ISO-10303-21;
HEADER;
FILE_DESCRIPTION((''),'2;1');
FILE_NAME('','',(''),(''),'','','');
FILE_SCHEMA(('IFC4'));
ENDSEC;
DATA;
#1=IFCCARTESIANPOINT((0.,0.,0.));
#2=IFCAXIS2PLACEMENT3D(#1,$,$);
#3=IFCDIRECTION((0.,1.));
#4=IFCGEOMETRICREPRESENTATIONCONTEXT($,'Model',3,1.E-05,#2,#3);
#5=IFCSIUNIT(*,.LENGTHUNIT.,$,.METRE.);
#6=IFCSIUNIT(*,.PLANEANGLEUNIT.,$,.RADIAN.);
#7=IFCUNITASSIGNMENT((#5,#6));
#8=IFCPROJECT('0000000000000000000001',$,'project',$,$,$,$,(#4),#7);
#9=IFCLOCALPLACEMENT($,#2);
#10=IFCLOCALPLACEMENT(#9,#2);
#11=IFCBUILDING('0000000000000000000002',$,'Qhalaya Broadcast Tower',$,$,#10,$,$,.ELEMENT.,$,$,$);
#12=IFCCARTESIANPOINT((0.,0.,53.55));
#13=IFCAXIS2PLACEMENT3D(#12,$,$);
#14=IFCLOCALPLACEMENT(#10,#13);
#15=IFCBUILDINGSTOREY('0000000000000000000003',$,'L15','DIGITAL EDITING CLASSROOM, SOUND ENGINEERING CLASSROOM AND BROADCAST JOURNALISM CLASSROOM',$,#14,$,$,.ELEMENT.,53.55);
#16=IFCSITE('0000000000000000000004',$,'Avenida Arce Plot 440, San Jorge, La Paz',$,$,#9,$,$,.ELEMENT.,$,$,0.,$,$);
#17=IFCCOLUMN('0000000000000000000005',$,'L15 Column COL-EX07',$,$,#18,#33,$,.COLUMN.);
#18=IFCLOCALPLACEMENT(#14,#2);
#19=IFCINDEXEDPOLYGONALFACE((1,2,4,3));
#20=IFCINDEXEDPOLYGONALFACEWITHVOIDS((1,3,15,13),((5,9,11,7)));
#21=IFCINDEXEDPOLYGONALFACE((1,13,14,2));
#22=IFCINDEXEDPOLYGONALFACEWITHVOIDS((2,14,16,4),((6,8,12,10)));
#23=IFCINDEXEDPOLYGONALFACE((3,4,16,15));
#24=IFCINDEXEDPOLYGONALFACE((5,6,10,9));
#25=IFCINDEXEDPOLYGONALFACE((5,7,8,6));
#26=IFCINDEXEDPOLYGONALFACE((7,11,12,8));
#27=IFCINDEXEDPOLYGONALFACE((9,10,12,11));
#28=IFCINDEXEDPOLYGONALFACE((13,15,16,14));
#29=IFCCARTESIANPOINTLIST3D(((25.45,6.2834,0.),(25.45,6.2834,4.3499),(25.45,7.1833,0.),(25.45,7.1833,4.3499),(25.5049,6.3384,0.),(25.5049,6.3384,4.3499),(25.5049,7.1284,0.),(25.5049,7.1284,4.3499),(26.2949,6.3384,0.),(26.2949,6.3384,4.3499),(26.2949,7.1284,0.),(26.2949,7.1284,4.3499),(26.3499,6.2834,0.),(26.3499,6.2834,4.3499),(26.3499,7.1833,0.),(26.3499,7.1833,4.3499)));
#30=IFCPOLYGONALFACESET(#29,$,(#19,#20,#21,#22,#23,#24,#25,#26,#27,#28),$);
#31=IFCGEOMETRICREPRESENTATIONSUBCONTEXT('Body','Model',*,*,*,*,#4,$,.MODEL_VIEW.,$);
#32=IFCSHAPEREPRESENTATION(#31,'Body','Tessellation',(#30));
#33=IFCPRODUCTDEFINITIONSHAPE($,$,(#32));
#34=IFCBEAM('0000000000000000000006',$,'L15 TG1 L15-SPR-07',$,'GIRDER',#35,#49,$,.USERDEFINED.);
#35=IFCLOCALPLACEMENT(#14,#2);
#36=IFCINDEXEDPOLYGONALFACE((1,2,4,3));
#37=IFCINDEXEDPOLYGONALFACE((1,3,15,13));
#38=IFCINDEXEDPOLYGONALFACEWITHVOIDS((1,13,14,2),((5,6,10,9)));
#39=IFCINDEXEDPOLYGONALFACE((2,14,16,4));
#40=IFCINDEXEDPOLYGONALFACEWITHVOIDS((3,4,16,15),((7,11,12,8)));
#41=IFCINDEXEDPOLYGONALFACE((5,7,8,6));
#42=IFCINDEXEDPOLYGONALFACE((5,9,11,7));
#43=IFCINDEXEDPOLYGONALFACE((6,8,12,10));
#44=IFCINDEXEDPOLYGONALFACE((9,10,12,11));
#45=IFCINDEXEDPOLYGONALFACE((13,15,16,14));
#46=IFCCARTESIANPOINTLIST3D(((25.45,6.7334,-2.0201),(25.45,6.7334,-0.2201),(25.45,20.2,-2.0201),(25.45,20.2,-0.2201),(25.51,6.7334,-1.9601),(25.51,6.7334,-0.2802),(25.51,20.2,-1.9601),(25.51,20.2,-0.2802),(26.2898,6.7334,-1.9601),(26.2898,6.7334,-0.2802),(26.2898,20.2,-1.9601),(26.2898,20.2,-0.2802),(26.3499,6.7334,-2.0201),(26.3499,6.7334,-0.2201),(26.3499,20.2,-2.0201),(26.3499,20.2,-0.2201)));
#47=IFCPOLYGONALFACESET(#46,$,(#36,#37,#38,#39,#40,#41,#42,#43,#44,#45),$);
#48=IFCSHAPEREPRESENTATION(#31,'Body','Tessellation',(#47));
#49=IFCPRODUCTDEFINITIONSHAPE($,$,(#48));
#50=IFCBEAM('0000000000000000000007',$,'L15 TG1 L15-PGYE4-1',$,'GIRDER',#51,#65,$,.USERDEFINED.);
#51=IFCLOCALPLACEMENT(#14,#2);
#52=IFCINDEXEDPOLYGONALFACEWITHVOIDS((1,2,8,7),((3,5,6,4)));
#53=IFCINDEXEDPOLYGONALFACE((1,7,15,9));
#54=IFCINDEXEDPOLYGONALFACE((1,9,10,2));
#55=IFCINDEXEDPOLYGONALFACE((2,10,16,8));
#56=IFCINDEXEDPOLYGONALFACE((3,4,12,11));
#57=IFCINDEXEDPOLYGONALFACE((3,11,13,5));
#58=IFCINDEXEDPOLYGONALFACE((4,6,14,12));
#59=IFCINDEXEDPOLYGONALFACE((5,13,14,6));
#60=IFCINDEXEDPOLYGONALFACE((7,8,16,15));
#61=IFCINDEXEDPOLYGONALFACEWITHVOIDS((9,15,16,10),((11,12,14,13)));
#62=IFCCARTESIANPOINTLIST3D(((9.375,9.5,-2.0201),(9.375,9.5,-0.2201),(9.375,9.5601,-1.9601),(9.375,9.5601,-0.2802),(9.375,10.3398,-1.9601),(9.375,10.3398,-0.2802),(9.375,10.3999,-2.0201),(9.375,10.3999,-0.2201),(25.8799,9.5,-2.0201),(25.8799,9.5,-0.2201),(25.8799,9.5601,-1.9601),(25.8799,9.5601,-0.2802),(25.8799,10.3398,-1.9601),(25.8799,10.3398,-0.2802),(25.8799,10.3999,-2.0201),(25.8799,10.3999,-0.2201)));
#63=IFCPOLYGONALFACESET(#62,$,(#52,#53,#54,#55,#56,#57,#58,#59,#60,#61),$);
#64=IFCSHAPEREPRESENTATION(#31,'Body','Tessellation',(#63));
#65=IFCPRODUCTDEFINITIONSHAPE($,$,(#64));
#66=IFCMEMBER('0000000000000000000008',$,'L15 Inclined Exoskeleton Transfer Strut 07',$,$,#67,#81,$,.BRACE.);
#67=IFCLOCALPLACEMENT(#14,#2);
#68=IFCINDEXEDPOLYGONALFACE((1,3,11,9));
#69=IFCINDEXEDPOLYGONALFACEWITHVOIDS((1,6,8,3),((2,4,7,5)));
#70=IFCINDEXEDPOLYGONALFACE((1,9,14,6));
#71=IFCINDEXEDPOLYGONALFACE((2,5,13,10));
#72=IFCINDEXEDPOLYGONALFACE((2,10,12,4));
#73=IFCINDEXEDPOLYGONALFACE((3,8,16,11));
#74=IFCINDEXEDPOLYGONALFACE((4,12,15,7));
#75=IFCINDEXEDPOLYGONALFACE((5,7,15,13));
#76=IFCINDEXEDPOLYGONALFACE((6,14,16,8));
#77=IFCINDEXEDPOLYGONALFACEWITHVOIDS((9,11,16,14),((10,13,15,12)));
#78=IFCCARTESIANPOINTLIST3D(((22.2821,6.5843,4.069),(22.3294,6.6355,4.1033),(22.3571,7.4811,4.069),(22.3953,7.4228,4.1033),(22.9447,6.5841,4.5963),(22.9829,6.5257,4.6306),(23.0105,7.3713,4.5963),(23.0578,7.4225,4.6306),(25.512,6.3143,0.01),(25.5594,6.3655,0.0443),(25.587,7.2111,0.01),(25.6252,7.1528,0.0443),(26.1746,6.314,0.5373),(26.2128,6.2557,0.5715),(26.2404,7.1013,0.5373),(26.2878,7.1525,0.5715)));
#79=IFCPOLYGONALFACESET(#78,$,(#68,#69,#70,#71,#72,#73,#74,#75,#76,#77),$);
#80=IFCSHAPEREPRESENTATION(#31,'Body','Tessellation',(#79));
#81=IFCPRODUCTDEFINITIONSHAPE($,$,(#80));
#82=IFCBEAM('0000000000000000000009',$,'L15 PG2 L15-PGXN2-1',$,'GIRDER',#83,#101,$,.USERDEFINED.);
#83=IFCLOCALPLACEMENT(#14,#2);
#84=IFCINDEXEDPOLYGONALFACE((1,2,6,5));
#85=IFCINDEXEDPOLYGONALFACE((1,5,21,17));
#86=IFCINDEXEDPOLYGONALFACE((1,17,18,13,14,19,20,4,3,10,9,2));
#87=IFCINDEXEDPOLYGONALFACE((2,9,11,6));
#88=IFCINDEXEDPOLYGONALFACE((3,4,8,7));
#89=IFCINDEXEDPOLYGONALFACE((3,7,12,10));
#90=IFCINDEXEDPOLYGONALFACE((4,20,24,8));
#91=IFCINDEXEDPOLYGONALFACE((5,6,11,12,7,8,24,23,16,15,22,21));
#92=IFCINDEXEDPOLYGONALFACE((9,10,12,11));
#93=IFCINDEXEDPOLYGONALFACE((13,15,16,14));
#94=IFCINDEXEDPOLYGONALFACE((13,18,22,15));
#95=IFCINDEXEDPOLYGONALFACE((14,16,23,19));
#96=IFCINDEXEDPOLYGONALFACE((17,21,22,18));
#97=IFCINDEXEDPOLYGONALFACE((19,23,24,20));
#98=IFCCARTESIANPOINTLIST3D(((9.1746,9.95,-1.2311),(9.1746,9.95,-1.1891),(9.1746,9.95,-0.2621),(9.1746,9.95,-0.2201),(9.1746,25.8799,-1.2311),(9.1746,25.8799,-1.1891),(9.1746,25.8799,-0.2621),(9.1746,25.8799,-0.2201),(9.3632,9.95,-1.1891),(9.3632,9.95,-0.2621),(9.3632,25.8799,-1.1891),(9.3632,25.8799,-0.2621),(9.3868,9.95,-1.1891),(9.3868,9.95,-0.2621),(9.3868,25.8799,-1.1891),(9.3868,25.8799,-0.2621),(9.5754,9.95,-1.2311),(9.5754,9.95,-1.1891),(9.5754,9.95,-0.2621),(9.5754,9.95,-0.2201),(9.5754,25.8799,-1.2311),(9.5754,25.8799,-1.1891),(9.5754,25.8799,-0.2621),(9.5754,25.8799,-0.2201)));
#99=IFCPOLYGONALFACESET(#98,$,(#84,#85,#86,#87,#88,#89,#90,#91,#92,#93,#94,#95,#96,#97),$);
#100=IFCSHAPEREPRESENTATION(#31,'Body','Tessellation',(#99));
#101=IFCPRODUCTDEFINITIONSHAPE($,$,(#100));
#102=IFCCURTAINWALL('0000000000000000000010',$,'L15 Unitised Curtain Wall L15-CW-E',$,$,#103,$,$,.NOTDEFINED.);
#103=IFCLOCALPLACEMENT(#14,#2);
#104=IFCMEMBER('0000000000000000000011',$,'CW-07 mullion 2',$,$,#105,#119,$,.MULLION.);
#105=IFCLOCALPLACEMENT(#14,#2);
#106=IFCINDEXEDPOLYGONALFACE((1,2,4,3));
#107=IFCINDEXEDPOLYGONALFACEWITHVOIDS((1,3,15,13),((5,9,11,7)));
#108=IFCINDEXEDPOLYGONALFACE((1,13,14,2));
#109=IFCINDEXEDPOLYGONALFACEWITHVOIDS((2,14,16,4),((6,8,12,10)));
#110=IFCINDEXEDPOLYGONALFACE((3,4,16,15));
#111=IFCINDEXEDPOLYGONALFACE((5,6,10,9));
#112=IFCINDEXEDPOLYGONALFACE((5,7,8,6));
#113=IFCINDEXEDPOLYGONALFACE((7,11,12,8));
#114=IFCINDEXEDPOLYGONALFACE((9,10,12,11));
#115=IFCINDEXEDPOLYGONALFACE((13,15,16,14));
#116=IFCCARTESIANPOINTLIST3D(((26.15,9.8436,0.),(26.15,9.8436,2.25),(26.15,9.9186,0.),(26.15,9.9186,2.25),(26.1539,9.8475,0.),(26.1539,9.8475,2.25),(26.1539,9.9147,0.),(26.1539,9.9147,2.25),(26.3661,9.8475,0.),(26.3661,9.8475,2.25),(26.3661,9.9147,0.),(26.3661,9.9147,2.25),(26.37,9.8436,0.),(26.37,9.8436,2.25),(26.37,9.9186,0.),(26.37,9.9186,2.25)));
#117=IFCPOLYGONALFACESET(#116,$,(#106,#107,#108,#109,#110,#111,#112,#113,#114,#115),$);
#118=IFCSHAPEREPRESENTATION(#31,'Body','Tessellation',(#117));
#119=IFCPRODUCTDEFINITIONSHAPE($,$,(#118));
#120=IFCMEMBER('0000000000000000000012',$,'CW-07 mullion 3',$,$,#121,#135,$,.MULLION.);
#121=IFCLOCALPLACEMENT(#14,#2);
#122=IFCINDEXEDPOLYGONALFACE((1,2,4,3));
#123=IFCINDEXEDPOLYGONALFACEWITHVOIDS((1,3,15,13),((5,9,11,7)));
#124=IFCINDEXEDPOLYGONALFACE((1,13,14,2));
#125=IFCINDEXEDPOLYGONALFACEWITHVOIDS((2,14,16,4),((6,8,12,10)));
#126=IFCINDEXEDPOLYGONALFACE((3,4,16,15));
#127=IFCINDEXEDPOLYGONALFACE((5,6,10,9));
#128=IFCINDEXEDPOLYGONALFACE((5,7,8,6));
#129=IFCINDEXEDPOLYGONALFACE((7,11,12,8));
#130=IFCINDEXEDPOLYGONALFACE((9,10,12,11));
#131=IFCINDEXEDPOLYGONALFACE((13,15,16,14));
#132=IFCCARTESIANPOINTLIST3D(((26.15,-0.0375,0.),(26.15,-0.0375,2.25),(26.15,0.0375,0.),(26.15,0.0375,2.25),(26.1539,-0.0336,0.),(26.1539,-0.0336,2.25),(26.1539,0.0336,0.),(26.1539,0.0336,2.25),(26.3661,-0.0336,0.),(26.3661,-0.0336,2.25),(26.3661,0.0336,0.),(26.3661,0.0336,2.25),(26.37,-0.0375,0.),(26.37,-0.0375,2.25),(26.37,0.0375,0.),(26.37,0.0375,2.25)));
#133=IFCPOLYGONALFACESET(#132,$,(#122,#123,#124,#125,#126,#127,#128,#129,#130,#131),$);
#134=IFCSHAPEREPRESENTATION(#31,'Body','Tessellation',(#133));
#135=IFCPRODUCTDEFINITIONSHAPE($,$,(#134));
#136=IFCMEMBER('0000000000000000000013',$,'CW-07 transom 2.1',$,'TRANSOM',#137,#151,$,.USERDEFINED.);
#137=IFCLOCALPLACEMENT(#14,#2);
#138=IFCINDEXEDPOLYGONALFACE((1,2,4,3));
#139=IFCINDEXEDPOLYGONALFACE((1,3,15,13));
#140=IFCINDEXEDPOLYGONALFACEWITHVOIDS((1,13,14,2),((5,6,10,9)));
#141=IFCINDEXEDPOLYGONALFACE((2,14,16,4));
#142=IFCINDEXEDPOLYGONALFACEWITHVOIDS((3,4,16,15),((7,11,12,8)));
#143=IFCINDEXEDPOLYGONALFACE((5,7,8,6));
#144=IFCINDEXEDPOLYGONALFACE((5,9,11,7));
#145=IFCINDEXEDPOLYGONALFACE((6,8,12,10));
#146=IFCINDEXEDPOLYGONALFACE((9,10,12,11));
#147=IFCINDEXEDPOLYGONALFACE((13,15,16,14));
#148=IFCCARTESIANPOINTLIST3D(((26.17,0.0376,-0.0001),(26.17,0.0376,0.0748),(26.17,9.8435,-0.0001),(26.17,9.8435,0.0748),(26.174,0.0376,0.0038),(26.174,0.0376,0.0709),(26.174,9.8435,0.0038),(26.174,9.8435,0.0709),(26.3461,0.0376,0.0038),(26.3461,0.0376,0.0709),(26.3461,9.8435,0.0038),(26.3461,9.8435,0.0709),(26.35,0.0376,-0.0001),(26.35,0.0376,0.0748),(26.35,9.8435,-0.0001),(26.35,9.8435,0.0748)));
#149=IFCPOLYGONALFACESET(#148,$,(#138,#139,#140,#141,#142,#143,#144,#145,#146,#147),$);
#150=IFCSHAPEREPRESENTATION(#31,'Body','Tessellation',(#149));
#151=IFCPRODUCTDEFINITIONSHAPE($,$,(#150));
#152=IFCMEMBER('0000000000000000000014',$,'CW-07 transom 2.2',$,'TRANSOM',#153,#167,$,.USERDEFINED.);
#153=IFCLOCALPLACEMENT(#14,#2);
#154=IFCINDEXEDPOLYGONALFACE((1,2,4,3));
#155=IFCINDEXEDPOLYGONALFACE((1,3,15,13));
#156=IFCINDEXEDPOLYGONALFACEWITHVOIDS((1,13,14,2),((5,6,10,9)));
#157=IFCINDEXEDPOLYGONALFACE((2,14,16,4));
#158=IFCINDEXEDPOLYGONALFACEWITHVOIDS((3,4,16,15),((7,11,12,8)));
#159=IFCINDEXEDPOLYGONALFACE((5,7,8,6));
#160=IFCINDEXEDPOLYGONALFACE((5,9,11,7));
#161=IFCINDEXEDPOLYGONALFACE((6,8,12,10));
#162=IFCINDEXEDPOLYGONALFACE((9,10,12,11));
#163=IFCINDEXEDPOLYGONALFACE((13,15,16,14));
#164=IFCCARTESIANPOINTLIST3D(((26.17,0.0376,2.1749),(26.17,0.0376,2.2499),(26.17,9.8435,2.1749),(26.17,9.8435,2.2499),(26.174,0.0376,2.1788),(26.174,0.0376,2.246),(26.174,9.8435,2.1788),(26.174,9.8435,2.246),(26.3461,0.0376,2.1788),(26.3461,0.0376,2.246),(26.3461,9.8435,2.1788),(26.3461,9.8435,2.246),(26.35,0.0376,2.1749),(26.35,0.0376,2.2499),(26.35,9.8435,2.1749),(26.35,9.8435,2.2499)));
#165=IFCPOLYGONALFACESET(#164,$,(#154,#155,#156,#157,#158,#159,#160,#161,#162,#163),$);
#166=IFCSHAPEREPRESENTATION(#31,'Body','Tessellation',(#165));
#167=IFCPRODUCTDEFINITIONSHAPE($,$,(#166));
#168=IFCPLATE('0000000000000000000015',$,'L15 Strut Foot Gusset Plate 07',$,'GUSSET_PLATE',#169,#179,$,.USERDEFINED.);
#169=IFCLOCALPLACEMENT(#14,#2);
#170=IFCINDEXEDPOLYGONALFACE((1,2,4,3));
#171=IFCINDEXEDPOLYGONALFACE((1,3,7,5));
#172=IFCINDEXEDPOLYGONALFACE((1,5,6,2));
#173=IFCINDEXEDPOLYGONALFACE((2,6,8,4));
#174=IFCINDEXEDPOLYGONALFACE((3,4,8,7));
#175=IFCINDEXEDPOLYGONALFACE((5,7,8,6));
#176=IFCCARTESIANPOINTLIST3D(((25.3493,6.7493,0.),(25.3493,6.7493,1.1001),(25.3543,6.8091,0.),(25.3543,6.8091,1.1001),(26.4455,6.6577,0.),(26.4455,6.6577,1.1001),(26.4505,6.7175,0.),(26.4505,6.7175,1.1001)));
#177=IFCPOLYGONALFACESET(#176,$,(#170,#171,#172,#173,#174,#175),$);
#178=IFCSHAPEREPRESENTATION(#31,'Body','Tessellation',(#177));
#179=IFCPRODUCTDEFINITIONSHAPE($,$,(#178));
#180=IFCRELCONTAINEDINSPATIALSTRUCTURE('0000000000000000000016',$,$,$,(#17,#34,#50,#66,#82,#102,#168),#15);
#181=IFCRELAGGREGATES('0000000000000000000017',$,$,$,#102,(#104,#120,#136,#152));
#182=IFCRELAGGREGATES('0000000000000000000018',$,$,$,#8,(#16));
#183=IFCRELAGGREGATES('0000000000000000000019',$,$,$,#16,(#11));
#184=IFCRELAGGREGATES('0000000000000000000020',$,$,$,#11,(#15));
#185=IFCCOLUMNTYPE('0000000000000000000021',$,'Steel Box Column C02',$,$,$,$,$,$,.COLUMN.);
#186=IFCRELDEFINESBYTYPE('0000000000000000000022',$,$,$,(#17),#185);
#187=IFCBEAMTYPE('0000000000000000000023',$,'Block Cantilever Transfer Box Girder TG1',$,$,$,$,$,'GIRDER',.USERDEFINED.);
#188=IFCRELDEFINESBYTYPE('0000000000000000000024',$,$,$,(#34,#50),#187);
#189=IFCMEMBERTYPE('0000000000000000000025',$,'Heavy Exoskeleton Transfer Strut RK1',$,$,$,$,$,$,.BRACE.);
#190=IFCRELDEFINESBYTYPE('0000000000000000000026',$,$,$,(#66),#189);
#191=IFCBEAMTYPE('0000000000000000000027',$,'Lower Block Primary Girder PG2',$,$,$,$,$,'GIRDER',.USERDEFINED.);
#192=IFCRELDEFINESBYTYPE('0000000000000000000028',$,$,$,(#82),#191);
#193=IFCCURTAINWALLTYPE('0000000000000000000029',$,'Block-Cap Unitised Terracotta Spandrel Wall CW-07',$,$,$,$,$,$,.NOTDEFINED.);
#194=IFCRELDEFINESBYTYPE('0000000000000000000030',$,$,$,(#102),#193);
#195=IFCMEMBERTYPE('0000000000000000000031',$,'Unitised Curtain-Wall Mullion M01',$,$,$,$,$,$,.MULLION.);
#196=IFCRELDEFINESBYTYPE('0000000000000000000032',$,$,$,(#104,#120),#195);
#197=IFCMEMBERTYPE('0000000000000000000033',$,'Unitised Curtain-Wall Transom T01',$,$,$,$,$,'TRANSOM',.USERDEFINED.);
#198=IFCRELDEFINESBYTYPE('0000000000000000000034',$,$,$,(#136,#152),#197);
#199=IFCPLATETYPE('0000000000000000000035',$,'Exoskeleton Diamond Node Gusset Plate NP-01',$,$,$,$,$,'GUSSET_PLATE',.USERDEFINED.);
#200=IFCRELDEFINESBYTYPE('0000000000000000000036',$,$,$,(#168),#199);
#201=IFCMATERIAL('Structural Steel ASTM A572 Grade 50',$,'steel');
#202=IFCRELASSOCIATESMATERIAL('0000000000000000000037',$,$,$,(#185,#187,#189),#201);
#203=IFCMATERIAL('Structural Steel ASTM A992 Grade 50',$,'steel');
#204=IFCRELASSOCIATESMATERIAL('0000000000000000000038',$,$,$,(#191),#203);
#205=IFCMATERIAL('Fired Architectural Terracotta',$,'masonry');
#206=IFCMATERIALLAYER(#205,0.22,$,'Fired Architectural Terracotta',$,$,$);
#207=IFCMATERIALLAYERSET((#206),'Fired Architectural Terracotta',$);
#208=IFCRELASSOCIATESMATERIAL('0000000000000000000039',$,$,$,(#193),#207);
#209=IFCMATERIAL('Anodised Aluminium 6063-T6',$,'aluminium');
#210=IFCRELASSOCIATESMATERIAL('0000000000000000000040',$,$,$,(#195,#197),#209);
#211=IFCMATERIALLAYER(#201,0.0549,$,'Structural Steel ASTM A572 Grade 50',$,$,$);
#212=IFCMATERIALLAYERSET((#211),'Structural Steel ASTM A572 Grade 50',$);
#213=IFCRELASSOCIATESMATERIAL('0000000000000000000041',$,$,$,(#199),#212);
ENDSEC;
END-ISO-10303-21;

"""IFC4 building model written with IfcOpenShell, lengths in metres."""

from ifc_helpers import new_model, si_unit, direction, frame, origin, origin_2d, place, context, subcontext, project, spatial, rectangle, hollow_rectangle, i_section, extrude, material, layer, layer_set, material_profile, profile_set, type_object, element, aggregate, save


model = new_model("IFC4")

# Units and contexts
model_context = context("Model", 3, precision=1e-05, world=origin(), true_north=direction((0.0, 1.0)))
body_context = subcontext(model_context, "Body", "Model", "MODEL_VIEW")
ifc_project = project(units=[si_unit("LENGTHUNIT", "METRE"), si_unit("PLANEANGLEUNIT", "RADIAN")], contexts=[model_context])

# Site, building, storey
site_placement = place(None, origin())
site = spatial("IfcSite", under=ifc_project, at=site_placement, Name="Avenida Arce Plot 440, San Jorge, La Paz", CompositionType="ELEMENT", RefElevation=0.0)
building_placement = place(site_placement, origin())
building = spatial("IfcBuilding", under=site, at=building_placement, Name="Qhalaya Broadcast Tower", CompositionType="ELEMENT")
storey_placement = place(building_placement, frame((0.0, 0.0, 53.55)))
storey = spatial("IfcBuildingStorey", under=building, at=storey_placement, Name="L15", Description="DIGITAL EDITING CLASSROOM, SOUND ENGINEERING CLASSROOM AND BROADCAST JOURNALISM CLASSROOM", CompositionType="ELEMENT", Elevation=53.55)

# Column
ifc_material_1 = material(Name="Structural Steel ASTM A572 Grade 50", Category="steel")
ifc_material_profile_1 = material_profile(ifc_material_1, hollow_rectangle(XDim=0.8999, YDim=0.8999, WallThickness=0.0549, at=origin_2d()), Name="BOX 900x900x55")
ifc_profile_set_1 = profile_set([ifc_material_profile_1], Name="Structural Steel ASTM A572 Grade 50")
column_type = type_object("IfcColumnType", Name="Steel Box Column C02", PredefinedType="COLUMN", material=ifc_profile_set_1)
column_placement = place(storey_placement, frame((25.8999, 6.7334, 0.0), z_axis=(0.0, 0.0, 1.0), x_axis=(0.0, 1.0, 0.0)))
element("IfcColumn", 1, at=column_placement, inside=storey, type_object=column_type, Name="L15 Column COL-EX07", PredefinedType="COLUMN", context=body_context, shape_type="SweptSolid", body=[
    extrude(hollow_rectangle(XDim=0.8999, YDim=0.8999, WallThickness=0.0549, at=origin_2d()), origin(), (0.0, 0.0, 1.0), 4.3499),
])

# Beams
ifc_material_profile_2 = material_profile(ifc_material_1, hollow_rectangle(XDim=0.8999, YDim=1.8, WallThickness=0.0601, at=origin_2d()), Name="BOX 900x1800x60")
ifc_profile_set_2 = profile_set([ifc_material_profile_2], Name="Structural Steel ASTM A572 Grade 50")
beam_type_1 = type_object("IfcBeamType", Name="Block Cantilever Transfer Box Girder TG1", ElementType="GIRDER", PredefinedType="USERDEFINED", material=ifc_profile_set_2)
beam_1_placement = place(storey_placement, frame((25.8999, 6.7334, -1.1201), z_axis=(0.0, 1.0, 0.0), x_axis=(-1.0, 0.0, 0.0)))
element("IfcBeam", 2, at=beam_1_placement, inside=storey, type_object=beam_type_1, Name="L15 TG1 L15-SPR-07", ObjectType="GIRDER", PredefinedType="USERDEFINED", context=body_context, shape_type="SweptSolid", body=[
    extrude(hollow_rectangle(XDim=0.8999, YDim=1.8, WallThickness=0.0601, at=origin_2d()), origin(), (0.0, 0.0, 1.0), 13.4666),
])
beam_2_placement = place(storey_placement, frame((9.375, 9.95, -1.1201), z_axis=(1.0, 0.0, 0.0), x_axis=(0.0, 1.0, 0.0)))
element("IfcBeam", 3, at=beam_2_placement, inside=storey, type_object=beam_type_1, Name="L15 TG1 L15-PGYE4-1", ObjectType="GIRDER", PredefinedType="USERDEFINED", context=body_context, shape_type="SweptSolid", body=[
    extrude(hollow_rectangle(XDim=0.8999, YDim=1.8, WallThickness=0.0601, at=origin_2d()), origin(), (0.0, 0.0, 1.0), 16.5049),
])

# Member
ifc_material_profile_3 = material_profile(ifc_material_1, hollow_rectangle(XDim=0.8999, YDim=0.8999, WallThickness=0.0549, at=origin_2d()), Name="BOX 900x900x55")
ifc_profile_set_3 = profile_set([ifc_material_profile_3], Name="Structural Steel ASTM A572 Grade 50")
member_type_1 = type_object("IfcMemberType", Name="Heavy Exoskeleton Transfer Strut RK1", PredefinedType="BRACE", material=ifc_profile_set_3)
member_1_placement = place(storey_placement, frame((25.8999, 6.7334, 0.2908), z_axis=(-0.621819, 0.051983, 0.781434), x_axis=(-0.083307, -0.996524, 0.0)))
element("IfcMember", 4, at=member_1_placement, inside=storey, type_object=member_type_1, Name="L15 Inclined Exoskeleton Transfer Strut 07", PredefinedType="BRACE", context=body_context, shape_type="SweptSolid", body=[
    extrude(hollow_rectangle(XDim=0.8999, YDim=0.8999, WallThickness=0.0549, at=origin_2d()), origin(), (0.0, 0.0, 1.0), 5.1943),
])

# Beam
ifc_material_2 = material(Name="Structural Steel ASTM A992 Grade 50", Category="steel")
ifc_material_profile_4 = material_profile(ifc_material_2, i_section(OverallWidth=0.4009, OverallDepth=1.011, WebThickness=0.0237, FlangeThickness=0.042, at=origin_2d()), Name="W40X297")
ifc_profile_set_4 = profile_set([ifc_material_profile_4], Name="Structural Steel ASTM A992 Grade 50")
beam_type_2 = type_object("IfcBeamType", Name="Lower Block Primary Girder PG2", ElementType="GIRDER", PredefinedType="USERDEFINED", material=ifc_profile_set_4)
beam_3_placement = place(storey_placement, frame((9.375, 9.95, -0.7256), z_axis=(0.0, 1.0, 0.0), x_axis=(-1.0, 0.0, 0.0)))
element("IfcBeam", 5, at=beam_3_placement, inside=storey, type_object=beam_type_2, Name="L15 PG2 L15-PGXN2-1", ObjectType="GIRDER", PredefinedType="USERDEFINED", context=body_context, shape_type="SweptSolid", body=[
    extrude(i_section(OverallWidth=0.4009, OverallDepth=1.011, WebThickness=0.0237, FlangeThickness=0.042, at=origin_2d()), origin(), (0.0, 0.0, 1.0), 15.9299),
])

# Curtain wall, members
ifc_material_3 = material(Name="Fired Architectural Terracotta", Category="masonry")
ifc_layer_1 = layer(ifc_material_3, 0.22, Name="Fired Architectural Terracotta")
ifc_layer_set_1 = layer_set([ifc_layer_1], Name="Fired Architectural Terracotta")
curtain_wall_type = type_object("IfcCurtainWallType", Name="Block-Cap Unitised Terracotta Spandrel Wall CW-07", PredefinedType="NOTDEFINED", material=ifc_layer_set_1)
curtain_wall_placement = place(storey_placement, origin())
curtain_wall = element("IfcCurtainWall", 6, at=curtain_wall_placement, inside=storey, type_object=curtain_wall_type, Name="L15 Unitised Curtain Wall L15-CW-E", PredefinedType="NOTDEFINED")
ifc_material_4 = material(Name="Anodised Aluminium 6063-T6", Category="aluminium")
ifc_material_profile_5 = material_profile(ifc_material_4, hollow_rectangle(XDim=0.075, YDim=0.22, WallThickness=0.0039, at=origin_2d()), Name="ALU-MUL 75x220x4")
ifc_profile_set_5 = profile_set([ifc_material_profile_5], Name="Anodised Aluminium 6063-T6")
member_type_2 = type_object("IfcMemberType", Name="Unitised Curtain-Wall Mullion M01", PredefinedType="MULLION", material=ifc_profile_set_5)
member_2_placement = place(storey_placement, frame((26.26, 9.8811, 0.0), z_axis=(0.0, 0.0, 1.0), x_axis=(0.0, -1.0, 0.0)))
member_2 = element("IfcMember", 7, at=member_2_placement, type_object=member_type_2, Name="CW-07 mullion 2", PredefinedType="MULLION", context=body_context, shape_type="SweptSolid", body=[
    extrude(hollow_rectangle(XDim=0.075, YDim=0.22, WallThickness=0.0039, at=origin_2d()), origin(), (0.0, 0.0, 1.0), 2.25),
])
member_3_placement = place(storey_placement, frame((26.26, 0.0, 0.0), z_axis=(0.0, 0.0, 1.0), x_axis=(0.0, -1.0, 0.0)))
member_3 = element("IfcMember", 8, at=member_3_placement, type_object=member_type_2, Name="CW-07 mullion 3", PredefinedType="MULLION", context=body_context, shape_type="SweptSolid", body=[
    extrude(hollow_rectangle(XDim=0.075, YDim=0.22, WallThickness=0.0039, at=origin_2d()), origin(), (0.0, 0.0, 1.0), 2.25),
])
ifc_material_profile_6 = material_profile(ifc_material_4, hollow_rectangle(XDim=0.075, YDim=0.1799, WallThickness=0.0039, at=origin_2d()), Name="ALU-TRN 75x180x4")
ifc_profile_set_6 = profile_set([ifc_material_profile_6], Name="Anodised Aluminium 6063-T6")
member_type_3 = type_object("IfcMemberType", Name="Unitised Curtain-Wall Transom T01", ElementType="TRANSOM", PredefinedType="USERDEFINED", material=ifc_profile_set_6)
member_4_placement = place(storey_placement, frame((26.26, 9.8435, 0.0374), z_axis=(0.0, -1.0, 0.0), x_axis=(0.0, 0.0, 1.0)))
member_4 = element("IfcMember", 9, at=member_4_placement, type_object=member_type_3, Name="CW-07 transom 2.1", ObjectType="TRANSOM", PredefinedType="USERDEFINED", context=body_context, shape_type="SweptSolid", body=[
    extrude(hollow_rectangle(XDim=0.075, YDim=0.1799, WallThickness=0.0039, at=origin_2d()), origin(), (0.0, 0.0, 1.0), 9.8059),
])
member_5_placement = place(storey_placement, frame((26.26, 9.8435, 2.2124), z_axis=(0.0, -1.0, 0.0), x_axis=(0.0, 0.0, 1.0)))
member_5 = element("IfcMember", 10, at=member_5_placement, type_object=member_type_3, Name="CW-07 transom 2.2", ObjectType="TRANSOM", PredefinedType="USERDEFINED", context=body_context, shape_type="SweptSolid", body=[
    extrude(hollow_rectangle(XDim=0.075, YDim=0.1799, WallThickness=0.0039, at=origin_2d()), origin(), (0.0, 0.0, 1.0), 9.8059),
])

# Plate
ifc_layer_2 = layer(ifc_material_1, 0.0549, Name="Structural Steel ASTM A572 Grade 50")
ifc_layer_set_2 = layer_set([ifc_layer_2], Name="Structural Steel ASTM A572 Grade 50")
plate_type_1 = type_object("IfcPlateType", Name="Exoskeleton Diamond Node Gusset Plate NP-01", ElementType="GUSSET_PLATE", PredefinedType="USERDEFINED", material=ifc_layer_set_2)
for number, where, z_axis, x_axis, name in (
    (11, (25.8999, 6.7334, 0.0), (0.0, 0.0, 1.0), (-0.996525, 0.083295, 0.0), "L15 Strut Foot Gusset Plate 07"),
):
    element("IfcPlate", number, at=place(storey_placement, frame(where, z_axis=z_axis, x_axis=x_axis)), inside=storey, type_object=plate_type_1, Name=name, ObjectType="GUSSET_PLATE", PredefinedType="USERDEFINED", context=body_context, shape_type="SweptSolid", body=[
        extrude(rectangle(XDim=1.1001, YDim=0.0601, at=origin_2d()), origin(), (0.0, 0.0, 1.0), 1.1001),
    ])

aggregate(curtain_wall, [member_2, member_3, member_4, member_5])

save(model, "model.ifc")
